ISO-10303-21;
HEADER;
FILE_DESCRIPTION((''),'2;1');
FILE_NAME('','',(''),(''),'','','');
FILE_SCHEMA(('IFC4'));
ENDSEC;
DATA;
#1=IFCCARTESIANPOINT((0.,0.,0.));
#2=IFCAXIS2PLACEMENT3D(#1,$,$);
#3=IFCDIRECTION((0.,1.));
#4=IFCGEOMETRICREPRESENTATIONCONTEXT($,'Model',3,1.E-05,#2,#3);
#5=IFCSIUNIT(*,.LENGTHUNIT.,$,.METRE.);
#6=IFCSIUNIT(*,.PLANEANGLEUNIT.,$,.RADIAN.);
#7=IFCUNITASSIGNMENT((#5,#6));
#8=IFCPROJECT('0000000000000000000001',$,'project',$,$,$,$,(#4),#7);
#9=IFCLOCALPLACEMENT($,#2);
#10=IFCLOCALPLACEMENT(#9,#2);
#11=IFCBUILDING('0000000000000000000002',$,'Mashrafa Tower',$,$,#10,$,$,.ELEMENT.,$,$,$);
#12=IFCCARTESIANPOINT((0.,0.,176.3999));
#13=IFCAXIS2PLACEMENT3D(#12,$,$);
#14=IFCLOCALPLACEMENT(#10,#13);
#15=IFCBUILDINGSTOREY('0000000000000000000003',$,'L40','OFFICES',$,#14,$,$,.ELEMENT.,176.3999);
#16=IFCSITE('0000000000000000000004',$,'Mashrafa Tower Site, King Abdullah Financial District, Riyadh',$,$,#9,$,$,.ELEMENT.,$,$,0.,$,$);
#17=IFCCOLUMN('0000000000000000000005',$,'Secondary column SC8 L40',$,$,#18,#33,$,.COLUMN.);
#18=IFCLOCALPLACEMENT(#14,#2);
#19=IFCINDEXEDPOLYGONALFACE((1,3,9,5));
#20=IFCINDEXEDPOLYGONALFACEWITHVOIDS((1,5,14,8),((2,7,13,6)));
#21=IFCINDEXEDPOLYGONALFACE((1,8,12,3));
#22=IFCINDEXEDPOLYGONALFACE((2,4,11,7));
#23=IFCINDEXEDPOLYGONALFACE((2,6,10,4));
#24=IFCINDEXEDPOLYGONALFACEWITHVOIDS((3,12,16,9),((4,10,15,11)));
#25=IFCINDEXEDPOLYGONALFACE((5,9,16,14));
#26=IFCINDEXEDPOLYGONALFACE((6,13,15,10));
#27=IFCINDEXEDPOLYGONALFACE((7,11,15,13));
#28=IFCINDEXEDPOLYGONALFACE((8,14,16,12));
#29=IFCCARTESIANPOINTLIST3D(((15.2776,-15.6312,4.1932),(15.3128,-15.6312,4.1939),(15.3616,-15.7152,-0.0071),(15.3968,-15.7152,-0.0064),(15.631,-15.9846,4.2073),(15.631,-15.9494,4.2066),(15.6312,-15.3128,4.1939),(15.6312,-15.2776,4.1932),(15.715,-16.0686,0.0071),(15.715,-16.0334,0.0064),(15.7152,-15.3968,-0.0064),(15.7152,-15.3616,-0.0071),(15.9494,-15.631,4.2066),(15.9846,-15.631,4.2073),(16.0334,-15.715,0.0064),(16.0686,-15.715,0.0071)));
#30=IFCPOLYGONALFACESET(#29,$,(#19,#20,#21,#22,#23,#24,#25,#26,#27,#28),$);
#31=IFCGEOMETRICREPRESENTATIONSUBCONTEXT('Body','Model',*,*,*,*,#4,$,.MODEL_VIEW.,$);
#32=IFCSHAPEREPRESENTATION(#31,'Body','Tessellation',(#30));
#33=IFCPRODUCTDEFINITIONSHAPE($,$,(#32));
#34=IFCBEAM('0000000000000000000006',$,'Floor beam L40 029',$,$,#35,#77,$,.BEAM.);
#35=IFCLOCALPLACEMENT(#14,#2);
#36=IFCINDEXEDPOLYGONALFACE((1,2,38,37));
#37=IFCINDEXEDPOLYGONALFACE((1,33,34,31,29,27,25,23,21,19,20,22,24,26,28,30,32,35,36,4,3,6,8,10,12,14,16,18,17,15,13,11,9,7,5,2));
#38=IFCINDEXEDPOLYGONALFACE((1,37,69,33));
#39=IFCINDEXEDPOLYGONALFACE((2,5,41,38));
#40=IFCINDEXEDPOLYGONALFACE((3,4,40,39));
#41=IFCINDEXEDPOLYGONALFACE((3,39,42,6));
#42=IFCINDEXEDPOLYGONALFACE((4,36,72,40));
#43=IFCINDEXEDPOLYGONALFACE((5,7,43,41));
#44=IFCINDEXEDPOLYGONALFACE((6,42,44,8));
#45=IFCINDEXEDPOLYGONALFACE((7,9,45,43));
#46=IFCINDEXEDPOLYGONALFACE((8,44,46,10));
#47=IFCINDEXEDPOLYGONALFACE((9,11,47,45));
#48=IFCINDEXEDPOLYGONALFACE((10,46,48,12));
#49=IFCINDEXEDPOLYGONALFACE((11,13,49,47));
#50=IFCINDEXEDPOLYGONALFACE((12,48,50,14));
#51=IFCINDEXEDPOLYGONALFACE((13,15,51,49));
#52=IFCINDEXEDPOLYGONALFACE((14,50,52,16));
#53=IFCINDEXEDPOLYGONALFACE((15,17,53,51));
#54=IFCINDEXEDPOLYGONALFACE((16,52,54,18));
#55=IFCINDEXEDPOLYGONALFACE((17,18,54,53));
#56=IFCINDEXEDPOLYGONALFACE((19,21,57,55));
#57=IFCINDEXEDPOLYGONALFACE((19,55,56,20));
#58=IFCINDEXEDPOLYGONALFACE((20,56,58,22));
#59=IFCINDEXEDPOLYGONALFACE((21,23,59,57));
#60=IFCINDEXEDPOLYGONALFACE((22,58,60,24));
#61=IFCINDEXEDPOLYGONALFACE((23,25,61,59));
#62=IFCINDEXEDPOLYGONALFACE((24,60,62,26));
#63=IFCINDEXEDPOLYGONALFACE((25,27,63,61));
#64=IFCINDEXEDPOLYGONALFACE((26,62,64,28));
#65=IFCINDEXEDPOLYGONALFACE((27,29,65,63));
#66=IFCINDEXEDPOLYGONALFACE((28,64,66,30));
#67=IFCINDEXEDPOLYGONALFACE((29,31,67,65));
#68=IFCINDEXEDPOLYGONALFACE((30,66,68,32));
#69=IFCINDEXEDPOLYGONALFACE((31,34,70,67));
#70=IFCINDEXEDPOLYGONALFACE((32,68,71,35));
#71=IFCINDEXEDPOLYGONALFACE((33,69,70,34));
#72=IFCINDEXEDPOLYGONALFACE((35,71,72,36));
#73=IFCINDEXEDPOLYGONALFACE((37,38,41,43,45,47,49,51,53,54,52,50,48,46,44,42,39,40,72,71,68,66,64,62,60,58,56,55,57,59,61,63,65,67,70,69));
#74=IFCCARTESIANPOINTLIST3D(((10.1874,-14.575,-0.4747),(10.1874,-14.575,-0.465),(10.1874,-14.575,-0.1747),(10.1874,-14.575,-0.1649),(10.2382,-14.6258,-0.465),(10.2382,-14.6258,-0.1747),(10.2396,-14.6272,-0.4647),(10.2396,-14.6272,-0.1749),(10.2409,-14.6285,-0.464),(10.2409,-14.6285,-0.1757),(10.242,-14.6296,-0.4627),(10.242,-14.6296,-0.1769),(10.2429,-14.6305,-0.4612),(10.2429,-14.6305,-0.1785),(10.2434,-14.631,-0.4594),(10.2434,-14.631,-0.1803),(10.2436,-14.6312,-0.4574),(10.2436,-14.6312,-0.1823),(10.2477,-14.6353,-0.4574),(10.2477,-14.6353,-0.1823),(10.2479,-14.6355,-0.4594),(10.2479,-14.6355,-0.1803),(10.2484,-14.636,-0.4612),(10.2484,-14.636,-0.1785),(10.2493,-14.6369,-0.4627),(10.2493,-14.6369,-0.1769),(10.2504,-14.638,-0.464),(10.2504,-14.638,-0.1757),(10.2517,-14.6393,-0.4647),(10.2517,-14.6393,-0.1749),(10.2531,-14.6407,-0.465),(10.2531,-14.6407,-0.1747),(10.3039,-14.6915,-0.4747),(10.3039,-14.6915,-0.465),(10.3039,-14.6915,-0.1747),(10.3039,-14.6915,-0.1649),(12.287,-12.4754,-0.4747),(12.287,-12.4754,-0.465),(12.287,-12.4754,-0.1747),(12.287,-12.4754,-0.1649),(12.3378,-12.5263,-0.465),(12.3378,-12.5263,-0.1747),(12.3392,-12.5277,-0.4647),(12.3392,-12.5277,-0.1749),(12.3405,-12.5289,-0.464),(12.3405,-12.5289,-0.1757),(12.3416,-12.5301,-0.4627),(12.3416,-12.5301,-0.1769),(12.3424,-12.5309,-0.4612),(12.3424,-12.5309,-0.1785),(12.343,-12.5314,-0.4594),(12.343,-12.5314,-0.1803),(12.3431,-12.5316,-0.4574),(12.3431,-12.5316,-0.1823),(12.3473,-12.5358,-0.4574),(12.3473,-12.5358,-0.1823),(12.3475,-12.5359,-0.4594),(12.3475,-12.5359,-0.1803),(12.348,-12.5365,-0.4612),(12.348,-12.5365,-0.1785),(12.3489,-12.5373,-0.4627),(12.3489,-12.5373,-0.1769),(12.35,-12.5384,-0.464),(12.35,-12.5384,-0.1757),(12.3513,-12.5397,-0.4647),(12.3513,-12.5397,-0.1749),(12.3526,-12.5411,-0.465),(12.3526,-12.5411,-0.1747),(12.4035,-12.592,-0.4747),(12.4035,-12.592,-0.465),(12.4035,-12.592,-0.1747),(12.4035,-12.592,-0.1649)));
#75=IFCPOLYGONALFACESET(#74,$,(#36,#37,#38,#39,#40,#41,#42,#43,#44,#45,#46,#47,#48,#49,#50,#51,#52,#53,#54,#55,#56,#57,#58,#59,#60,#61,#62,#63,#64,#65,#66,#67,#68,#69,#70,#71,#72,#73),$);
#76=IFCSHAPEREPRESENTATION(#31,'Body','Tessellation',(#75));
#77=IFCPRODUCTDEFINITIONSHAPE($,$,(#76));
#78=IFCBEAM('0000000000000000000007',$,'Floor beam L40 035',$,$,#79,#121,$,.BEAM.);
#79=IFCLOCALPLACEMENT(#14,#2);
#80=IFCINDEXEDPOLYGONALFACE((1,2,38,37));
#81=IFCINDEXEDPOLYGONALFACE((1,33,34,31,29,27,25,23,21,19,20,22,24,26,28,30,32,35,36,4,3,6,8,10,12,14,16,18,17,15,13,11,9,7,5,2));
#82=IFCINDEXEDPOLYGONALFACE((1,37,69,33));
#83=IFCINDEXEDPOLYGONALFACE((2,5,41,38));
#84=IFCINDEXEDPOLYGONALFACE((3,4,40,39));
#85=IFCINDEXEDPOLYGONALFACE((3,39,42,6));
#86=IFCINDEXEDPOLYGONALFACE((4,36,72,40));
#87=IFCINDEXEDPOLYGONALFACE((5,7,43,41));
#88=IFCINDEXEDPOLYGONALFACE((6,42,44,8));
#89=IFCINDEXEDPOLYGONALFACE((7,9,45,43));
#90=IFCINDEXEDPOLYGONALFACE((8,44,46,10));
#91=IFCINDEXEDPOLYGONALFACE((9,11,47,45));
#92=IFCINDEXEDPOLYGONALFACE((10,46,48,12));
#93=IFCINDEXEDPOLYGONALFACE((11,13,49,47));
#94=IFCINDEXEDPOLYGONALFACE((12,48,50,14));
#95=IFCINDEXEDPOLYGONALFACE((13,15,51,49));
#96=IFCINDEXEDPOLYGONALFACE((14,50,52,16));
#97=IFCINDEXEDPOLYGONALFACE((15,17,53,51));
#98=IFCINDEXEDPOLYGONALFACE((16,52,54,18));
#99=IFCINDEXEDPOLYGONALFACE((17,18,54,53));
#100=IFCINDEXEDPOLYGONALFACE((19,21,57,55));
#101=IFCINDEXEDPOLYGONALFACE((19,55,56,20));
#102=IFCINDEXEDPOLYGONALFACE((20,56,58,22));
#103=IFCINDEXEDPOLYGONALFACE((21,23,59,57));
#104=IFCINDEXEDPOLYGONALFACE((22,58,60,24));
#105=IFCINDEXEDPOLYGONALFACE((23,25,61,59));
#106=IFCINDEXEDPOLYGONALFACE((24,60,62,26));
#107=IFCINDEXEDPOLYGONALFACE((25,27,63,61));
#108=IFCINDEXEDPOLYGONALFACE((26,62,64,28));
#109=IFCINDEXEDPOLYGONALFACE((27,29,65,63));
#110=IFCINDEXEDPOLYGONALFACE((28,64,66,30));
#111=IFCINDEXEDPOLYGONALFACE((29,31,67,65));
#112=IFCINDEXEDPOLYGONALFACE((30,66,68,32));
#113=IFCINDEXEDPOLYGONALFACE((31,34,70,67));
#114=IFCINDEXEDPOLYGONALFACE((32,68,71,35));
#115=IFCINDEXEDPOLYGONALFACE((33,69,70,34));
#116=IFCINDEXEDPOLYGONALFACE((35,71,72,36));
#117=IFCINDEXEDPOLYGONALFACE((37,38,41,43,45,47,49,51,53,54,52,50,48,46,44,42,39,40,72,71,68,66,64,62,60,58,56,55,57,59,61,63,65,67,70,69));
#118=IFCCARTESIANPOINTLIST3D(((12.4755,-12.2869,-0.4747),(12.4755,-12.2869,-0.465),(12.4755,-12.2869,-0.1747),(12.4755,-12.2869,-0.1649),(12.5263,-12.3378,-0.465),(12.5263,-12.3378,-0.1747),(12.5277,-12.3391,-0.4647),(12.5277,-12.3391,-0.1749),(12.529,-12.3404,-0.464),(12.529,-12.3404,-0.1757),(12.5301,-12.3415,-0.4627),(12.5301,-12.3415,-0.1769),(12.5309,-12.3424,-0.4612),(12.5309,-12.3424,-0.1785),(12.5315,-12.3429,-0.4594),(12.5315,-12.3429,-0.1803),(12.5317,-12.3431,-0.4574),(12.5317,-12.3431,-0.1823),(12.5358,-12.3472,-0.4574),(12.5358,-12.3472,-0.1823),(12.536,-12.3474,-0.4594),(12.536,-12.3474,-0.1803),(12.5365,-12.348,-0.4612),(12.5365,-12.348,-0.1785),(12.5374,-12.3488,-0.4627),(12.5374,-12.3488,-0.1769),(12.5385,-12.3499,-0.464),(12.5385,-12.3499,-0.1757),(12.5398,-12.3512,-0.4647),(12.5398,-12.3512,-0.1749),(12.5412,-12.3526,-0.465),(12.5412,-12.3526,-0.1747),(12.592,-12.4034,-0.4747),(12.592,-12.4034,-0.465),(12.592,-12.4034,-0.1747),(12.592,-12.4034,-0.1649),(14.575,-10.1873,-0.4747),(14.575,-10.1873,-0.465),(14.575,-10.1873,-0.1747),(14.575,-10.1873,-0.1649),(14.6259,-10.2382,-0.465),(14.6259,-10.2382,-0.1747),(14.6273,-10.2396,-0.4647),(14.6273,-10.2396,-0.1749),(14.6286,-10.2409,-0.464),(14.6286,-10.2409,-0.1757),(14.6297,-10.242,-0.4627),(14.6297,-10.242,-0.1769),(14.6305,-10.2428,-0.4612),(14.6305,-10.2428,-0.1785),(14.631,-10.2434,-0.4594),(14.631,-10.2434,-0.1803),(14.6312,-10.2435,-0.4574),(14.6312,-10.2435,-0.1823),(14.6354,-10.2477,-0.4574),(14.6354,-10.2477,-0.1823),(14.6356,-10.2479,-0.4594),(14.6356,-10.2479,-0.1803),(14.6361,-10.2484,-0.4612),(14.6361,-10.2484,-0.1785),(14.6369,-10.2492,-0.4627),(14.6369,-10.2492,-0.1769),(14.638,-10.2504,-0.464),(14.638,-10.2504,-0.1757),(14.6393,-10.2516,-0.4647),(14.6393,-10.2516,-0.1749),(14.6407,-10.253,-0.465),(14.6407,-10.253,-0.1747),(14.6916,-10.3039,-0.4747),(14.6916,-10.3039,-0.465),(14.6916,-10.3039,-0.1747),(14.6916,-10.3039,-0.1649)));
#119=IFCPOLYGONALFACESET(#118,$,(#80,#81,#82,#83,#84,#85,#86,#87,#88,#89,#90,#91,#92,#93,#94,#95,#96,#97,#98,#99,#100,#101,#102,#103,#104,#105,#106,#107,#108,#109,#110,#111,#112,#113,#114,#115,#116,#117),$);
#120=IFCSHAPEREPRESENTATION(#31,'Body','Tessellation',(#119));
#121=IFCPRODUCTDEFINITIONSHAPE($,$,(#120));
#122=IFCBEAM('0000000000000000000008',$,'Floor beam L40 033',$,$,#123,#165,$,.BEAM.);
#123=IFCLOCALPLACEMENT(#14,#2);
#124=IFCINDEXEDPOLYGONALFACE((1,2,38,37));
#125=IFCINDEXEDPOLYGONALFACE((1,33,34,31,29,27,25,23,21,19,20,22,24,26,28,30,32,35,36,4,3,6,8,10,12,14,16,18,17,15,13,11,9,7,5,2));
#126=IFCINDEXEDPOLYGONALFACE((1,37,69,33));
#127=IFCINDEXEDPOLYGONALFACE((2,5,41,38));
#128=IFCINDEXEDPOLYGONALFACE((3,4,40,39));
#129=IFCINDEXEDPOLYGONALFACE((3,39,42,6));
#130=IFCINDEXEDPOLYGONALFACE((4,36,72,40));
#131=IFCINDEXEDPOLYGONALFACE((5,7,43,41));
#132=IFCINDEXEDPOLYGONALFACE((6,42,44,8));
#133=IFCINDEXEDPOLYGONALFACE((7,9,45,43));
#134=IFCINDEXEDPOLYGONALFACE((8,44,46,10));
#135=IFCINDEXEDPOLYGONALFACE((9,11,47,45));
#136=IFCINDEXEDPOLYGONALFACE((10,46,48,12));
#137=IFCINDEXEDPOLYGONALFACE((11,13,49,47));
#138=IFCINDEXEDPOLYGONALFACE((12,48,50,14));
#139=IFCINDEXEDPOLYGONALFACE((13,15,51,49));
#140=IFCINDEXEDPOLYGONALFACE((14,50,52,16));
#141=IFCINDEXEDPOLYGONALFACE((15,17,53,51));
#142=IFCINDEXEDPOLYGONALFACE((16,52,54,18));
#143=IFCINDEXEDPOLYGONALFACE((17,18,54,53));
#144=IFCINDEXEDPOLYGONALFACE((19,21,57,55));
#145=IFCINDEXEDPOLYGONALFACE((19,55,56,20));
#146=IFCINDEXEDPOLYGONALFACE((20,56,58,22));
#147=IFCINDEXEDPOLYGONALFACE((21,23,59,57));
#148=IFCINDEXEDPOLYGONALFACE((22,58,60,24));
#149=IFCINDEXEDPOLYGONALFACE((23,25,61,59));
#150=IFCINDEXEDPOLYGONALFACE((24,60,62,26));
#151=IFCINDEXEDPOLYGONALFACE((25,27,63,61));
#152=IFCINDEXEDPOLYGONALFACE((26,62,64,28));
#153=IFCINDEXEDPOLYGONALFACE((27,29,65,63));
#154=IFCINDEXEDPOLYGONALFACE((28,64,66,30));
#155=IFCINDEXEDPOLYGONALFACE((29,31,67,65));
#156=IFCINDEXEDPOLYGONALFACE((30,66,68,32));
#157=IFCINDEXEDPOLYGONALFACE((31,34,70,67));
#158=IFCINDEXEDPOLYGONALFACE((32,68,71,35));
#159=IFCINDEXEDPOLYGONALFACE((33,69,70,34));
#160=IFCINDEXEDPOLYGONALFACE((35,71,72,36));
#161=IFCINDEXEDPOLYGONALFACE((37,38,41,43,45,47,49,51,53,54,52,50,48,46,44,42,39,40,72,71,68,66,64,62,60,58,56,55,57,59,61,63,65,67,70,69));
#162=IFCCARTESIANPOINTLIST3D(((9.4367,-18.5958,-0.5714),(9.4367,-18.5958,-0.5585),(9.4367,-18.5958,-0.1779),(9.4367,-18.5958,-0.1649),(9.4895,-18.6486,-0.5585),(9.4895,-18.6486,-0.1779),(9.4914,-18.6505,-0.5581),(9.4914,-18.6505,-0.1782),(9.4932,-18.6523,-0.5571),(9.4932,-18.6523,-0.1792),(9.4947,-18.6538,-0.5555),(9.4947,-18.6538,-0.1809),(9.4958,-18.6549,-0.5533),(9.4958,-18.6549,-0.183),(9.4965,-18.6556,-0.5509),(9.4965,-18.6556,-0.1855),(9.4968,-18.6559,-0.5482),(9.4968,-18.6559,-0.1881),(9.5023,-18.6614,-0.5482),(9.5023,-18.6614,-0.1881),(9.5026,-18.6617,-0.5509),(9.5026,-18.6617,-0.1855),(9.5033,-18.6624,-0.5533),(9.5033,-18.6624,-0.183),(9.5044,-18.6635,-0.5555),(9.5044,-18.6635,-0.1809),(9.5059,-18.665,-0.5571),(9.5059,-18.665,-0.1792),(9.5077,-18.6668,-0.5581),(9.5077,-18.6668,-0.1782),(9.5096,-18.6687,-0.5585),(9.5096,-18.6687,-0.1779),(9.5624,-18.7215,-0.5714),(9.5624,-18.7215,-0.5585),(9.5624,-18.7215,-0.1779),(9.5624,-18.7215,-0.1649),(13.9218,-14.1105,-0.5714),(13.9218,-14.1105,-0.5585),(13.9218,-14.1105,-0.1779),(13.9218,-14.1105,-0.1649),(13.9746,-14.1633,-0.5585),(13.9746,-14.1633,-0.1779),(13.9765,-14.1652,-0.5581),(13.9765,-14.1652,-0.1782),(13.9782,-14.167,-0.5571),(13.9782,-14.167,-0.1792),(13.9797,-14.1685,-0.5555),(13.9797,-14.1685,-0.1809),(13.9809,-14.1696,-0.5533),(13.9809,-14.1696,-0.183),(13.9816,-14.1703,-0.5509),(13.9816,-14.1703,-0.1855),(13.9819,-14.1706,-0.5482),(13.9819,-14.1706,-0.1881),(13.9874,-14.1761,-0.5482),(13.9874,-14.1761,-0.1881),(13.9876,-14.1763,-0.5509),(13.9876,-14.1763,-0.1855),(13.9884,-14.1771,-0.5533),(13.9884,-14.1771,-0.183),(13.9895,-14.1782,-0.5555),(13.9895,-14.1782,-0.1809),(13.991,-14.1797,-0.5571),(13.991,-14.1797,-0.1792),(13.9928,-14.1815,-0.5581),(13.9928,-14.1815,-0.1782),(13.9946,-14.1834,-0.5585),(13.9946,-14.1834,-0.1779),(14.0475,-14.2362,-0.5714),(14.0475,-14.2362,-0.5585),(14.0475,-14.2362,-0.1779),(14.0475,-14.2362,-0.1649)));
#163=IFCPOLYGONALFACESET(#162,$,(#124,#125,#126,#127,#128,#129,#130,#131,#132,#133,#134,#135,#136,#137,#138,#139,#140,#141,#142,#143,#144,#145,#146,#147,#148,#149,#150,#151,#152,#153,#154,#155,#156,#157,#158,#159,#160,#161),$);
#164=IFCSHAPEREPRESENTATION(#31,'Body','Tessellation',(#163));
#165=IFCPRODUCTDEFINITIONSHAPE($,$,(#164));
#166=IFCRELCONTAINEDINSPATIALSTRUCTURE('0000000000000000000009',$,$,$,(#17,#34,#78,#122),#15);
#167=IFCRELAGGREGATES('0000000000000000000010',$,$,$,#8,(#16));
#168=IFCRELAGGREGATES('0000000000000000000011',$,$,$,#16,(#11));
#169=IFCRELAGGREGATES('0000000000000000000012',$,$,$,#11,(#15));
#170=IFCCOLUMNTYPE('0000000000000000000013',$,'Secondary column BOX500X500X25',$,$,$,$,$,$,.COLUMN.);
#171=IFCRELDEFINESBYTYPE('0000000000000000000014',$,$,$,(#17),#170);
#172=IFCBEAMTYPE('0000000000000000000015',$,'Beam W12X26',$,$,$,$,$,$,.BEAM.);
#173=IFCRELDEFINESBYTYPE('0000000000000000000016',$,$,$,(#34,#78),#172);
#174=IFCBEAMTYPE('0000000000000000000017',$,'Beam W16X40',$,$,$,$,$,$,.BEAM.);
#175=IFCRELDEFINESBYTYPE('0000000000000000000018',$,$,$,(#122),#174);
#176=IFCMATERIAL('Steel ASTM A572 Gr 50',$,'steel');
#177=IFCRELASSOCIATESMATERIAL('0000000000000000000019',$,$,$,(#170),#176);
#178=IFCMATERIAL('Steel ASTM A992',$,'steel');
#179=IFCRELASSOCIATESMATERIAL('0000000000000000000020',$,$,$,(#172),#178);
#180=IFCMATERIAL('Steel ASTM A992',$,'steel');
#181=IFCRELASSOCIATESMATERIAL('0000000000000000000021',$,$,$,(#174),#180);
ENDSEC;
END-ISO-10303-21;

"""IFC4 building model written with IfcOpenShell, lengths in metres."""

from ifc_helpers import new_model, si_unit, direction, frame, origin, origin_2d, place, context, subcontext, project, spatial, hollow_rectangle, i_section, extrude, material, material_profile, profile_set, type_object, element, save


model = new_model("IFC4")

# Units and contexts
model_context = context("Model", 3, precision=1e-05, world=origin(), true_north=direction((0.0, 1.0)))
body_context = subcontext(model_context, "Body", "Model", "MODEL_VIEW")
ifc_project = project(units=[si_unit("LENGTHUNIT", "METRE"), si_unit("PLANEANGLEUNIT", "RADIAN")], contexts=[model_context])

# Site, building, storey
site_placement = place(None, origin())
site = spatial("IfcSite", under=ifc_project, at=site_placement, Name="Mashrafa Tower Site, King Abdullah Financial District, Riyadh", CompositionType="ELEMENT", RefElevation=0.0)
building_placement = place(site_placement, origin())
building = spatial("IfcBuilding", under=site, at=building_placement, Name="Mashrafa Tower", CompositionType="ELEMENT")
storey_placement = place(building_placement, frame((0.0, 0.0, 176.3999)))
storey = spatial("IfcBuildingStorey", under=building, at=storey_placement, Name="L40", Description="OFFICES", CompositionType="ELEMENT", Elevation=176.3999)

# Column
ifc_material_1 = material(Name="Steel ASTM A572 Gr 50", Category="steel")
ifc_material_profile_1 = material_profile(ifc_material_1, hollow_rectangle(XDim=0.5, YDim=0.5, WallThickness=0.0249, at=origin_2d()), Name="BOX500X500X25")
ifc_profile_set_1 = profile_set([ifc_material_profile_1], Name="Steel ASTM A572 Gr 50")
column_type = type_object("IfcColumnType", Name="Secondary column BOX500X500X25", PredefinedType="COLUMN", material=ifc_profile_set_1)
column_placement = place(storey_placement, frame((15.7151, -15.7151, 0.0), z_axis=(-0.019987, 0.019987, 0.9996), x_axis=(-0.707107, -0.707107, 0.0)))
element("IfcColumn", 1, at=column_placement, inside=storey, type_object=column_type, Name="Secondary column SC8 L40", PredefinedType="COLUMN", context=body_context, shape_type="SweptSolid", body=[
    extrude(hollow_rectangle(XDim=0.5, YDim=0.5, WallThickness=0.0249, at=origin_2d()), origin(), (0.0, 0.0, 1.0), 4.2019),
])

# Beams
ifc_material_2 = material(Name="Steel ASTM A992", Category="steel")
ifc_material_profile_2 = material_profile(ifc_material_2, i_section(OverallWidth=0.1648, OverallDepth=0.3098, WebThickness=0.0059, FlangeThickness=0.0098, FilletRadius=0.0076, at=origin_2d()), Name="W12X26")
ifc_profile_set_2 = profile_set([ifc_material_profile_2], Name="Steel ASTM A992")
beam_type_1 = type_object("IfcBeamType", Name="Beam W12X26", PredefinedType="BEAM", material=ifc_profile_set_2)
for number, where, z_axis, x_axis, name in (
    (2, (12.3452, -12.5337, -0.3198), (-0.707107, -0.707107, 0.0), (0.707107, -0.707107, 0.0), "Floor beam L40 029"),
    (3, (14.6333, -10.2456, -0.3198), (-0.707107, -0.707107, 0.0), (0.707107, -0.707107, 0.0), "Floor beam L40 035"),
):
    element("IfcBeam", number, at=place(storey_placement, frame(where, z_axis=z_axis, x_axis=x_axis)), inside=storey, type_object=beam_type_1, Name=name, PredefinedType="BEAM", context=body_context, shape_type="SweptSolid", body=[
        extrude(i_section(OverallWidth=0.1648, OverallDepth=0.3098, WebThickness=0.0059, FlangeThickness=0.0098, FilletRadius=0.0076, at=origin_2d()), origin(), (0.0, 0.0, 1.0), 2.9692),
    ])
ifc_material_3 = material(Name="Steel ASTM A992", Category="steel")
ifc_material_profile_3 = material_profile(ifc_material_3, i_section(OverallWidth=0.1777, OverallDepth=0.4065, WebThickness=0.0078, FlangeThickness=0.0129, FilletRadius=0.0103, at=origin_2d()), Name="W16X40")
ifc_profile_set_3 = profile_set([ifc_material_profile_3], Name="Steel ASTM A992")
beam_type_2 = type_object("IfcBeamType", Name="Beam W16X40", PredefinedType="BEAM", material=ifc_profile_set_3)
for number, where, z_axis, x_axis, name in (
    (4, (13.9846, -14.1733, -0.3682), (-0.707088, -0.707126, 0.0), (0.707126, -0.707088, 0.0), "Floor beam L40 033"),
):
    element("IfcBeam", number, at=place(storey_placement, frame(where, z_axis=z_axis, x_axis=x_axis)), inside=storey, type_object=beam_type_2, Name=name, PredefinedType="BEAM", context=body_context, shape_type="SweptSolid", body=[
        extrude(i_section(OverallWidth=0.1777, OverallDepth=0.4065, WebThickness=0.0078, FlangeThickness=0.0129, FilletRadius=0.0103, at=origin_2d()), origin(), (0.0, 0.0, 1.0), 6.343),
    ])

save(model, "model.ifc")
